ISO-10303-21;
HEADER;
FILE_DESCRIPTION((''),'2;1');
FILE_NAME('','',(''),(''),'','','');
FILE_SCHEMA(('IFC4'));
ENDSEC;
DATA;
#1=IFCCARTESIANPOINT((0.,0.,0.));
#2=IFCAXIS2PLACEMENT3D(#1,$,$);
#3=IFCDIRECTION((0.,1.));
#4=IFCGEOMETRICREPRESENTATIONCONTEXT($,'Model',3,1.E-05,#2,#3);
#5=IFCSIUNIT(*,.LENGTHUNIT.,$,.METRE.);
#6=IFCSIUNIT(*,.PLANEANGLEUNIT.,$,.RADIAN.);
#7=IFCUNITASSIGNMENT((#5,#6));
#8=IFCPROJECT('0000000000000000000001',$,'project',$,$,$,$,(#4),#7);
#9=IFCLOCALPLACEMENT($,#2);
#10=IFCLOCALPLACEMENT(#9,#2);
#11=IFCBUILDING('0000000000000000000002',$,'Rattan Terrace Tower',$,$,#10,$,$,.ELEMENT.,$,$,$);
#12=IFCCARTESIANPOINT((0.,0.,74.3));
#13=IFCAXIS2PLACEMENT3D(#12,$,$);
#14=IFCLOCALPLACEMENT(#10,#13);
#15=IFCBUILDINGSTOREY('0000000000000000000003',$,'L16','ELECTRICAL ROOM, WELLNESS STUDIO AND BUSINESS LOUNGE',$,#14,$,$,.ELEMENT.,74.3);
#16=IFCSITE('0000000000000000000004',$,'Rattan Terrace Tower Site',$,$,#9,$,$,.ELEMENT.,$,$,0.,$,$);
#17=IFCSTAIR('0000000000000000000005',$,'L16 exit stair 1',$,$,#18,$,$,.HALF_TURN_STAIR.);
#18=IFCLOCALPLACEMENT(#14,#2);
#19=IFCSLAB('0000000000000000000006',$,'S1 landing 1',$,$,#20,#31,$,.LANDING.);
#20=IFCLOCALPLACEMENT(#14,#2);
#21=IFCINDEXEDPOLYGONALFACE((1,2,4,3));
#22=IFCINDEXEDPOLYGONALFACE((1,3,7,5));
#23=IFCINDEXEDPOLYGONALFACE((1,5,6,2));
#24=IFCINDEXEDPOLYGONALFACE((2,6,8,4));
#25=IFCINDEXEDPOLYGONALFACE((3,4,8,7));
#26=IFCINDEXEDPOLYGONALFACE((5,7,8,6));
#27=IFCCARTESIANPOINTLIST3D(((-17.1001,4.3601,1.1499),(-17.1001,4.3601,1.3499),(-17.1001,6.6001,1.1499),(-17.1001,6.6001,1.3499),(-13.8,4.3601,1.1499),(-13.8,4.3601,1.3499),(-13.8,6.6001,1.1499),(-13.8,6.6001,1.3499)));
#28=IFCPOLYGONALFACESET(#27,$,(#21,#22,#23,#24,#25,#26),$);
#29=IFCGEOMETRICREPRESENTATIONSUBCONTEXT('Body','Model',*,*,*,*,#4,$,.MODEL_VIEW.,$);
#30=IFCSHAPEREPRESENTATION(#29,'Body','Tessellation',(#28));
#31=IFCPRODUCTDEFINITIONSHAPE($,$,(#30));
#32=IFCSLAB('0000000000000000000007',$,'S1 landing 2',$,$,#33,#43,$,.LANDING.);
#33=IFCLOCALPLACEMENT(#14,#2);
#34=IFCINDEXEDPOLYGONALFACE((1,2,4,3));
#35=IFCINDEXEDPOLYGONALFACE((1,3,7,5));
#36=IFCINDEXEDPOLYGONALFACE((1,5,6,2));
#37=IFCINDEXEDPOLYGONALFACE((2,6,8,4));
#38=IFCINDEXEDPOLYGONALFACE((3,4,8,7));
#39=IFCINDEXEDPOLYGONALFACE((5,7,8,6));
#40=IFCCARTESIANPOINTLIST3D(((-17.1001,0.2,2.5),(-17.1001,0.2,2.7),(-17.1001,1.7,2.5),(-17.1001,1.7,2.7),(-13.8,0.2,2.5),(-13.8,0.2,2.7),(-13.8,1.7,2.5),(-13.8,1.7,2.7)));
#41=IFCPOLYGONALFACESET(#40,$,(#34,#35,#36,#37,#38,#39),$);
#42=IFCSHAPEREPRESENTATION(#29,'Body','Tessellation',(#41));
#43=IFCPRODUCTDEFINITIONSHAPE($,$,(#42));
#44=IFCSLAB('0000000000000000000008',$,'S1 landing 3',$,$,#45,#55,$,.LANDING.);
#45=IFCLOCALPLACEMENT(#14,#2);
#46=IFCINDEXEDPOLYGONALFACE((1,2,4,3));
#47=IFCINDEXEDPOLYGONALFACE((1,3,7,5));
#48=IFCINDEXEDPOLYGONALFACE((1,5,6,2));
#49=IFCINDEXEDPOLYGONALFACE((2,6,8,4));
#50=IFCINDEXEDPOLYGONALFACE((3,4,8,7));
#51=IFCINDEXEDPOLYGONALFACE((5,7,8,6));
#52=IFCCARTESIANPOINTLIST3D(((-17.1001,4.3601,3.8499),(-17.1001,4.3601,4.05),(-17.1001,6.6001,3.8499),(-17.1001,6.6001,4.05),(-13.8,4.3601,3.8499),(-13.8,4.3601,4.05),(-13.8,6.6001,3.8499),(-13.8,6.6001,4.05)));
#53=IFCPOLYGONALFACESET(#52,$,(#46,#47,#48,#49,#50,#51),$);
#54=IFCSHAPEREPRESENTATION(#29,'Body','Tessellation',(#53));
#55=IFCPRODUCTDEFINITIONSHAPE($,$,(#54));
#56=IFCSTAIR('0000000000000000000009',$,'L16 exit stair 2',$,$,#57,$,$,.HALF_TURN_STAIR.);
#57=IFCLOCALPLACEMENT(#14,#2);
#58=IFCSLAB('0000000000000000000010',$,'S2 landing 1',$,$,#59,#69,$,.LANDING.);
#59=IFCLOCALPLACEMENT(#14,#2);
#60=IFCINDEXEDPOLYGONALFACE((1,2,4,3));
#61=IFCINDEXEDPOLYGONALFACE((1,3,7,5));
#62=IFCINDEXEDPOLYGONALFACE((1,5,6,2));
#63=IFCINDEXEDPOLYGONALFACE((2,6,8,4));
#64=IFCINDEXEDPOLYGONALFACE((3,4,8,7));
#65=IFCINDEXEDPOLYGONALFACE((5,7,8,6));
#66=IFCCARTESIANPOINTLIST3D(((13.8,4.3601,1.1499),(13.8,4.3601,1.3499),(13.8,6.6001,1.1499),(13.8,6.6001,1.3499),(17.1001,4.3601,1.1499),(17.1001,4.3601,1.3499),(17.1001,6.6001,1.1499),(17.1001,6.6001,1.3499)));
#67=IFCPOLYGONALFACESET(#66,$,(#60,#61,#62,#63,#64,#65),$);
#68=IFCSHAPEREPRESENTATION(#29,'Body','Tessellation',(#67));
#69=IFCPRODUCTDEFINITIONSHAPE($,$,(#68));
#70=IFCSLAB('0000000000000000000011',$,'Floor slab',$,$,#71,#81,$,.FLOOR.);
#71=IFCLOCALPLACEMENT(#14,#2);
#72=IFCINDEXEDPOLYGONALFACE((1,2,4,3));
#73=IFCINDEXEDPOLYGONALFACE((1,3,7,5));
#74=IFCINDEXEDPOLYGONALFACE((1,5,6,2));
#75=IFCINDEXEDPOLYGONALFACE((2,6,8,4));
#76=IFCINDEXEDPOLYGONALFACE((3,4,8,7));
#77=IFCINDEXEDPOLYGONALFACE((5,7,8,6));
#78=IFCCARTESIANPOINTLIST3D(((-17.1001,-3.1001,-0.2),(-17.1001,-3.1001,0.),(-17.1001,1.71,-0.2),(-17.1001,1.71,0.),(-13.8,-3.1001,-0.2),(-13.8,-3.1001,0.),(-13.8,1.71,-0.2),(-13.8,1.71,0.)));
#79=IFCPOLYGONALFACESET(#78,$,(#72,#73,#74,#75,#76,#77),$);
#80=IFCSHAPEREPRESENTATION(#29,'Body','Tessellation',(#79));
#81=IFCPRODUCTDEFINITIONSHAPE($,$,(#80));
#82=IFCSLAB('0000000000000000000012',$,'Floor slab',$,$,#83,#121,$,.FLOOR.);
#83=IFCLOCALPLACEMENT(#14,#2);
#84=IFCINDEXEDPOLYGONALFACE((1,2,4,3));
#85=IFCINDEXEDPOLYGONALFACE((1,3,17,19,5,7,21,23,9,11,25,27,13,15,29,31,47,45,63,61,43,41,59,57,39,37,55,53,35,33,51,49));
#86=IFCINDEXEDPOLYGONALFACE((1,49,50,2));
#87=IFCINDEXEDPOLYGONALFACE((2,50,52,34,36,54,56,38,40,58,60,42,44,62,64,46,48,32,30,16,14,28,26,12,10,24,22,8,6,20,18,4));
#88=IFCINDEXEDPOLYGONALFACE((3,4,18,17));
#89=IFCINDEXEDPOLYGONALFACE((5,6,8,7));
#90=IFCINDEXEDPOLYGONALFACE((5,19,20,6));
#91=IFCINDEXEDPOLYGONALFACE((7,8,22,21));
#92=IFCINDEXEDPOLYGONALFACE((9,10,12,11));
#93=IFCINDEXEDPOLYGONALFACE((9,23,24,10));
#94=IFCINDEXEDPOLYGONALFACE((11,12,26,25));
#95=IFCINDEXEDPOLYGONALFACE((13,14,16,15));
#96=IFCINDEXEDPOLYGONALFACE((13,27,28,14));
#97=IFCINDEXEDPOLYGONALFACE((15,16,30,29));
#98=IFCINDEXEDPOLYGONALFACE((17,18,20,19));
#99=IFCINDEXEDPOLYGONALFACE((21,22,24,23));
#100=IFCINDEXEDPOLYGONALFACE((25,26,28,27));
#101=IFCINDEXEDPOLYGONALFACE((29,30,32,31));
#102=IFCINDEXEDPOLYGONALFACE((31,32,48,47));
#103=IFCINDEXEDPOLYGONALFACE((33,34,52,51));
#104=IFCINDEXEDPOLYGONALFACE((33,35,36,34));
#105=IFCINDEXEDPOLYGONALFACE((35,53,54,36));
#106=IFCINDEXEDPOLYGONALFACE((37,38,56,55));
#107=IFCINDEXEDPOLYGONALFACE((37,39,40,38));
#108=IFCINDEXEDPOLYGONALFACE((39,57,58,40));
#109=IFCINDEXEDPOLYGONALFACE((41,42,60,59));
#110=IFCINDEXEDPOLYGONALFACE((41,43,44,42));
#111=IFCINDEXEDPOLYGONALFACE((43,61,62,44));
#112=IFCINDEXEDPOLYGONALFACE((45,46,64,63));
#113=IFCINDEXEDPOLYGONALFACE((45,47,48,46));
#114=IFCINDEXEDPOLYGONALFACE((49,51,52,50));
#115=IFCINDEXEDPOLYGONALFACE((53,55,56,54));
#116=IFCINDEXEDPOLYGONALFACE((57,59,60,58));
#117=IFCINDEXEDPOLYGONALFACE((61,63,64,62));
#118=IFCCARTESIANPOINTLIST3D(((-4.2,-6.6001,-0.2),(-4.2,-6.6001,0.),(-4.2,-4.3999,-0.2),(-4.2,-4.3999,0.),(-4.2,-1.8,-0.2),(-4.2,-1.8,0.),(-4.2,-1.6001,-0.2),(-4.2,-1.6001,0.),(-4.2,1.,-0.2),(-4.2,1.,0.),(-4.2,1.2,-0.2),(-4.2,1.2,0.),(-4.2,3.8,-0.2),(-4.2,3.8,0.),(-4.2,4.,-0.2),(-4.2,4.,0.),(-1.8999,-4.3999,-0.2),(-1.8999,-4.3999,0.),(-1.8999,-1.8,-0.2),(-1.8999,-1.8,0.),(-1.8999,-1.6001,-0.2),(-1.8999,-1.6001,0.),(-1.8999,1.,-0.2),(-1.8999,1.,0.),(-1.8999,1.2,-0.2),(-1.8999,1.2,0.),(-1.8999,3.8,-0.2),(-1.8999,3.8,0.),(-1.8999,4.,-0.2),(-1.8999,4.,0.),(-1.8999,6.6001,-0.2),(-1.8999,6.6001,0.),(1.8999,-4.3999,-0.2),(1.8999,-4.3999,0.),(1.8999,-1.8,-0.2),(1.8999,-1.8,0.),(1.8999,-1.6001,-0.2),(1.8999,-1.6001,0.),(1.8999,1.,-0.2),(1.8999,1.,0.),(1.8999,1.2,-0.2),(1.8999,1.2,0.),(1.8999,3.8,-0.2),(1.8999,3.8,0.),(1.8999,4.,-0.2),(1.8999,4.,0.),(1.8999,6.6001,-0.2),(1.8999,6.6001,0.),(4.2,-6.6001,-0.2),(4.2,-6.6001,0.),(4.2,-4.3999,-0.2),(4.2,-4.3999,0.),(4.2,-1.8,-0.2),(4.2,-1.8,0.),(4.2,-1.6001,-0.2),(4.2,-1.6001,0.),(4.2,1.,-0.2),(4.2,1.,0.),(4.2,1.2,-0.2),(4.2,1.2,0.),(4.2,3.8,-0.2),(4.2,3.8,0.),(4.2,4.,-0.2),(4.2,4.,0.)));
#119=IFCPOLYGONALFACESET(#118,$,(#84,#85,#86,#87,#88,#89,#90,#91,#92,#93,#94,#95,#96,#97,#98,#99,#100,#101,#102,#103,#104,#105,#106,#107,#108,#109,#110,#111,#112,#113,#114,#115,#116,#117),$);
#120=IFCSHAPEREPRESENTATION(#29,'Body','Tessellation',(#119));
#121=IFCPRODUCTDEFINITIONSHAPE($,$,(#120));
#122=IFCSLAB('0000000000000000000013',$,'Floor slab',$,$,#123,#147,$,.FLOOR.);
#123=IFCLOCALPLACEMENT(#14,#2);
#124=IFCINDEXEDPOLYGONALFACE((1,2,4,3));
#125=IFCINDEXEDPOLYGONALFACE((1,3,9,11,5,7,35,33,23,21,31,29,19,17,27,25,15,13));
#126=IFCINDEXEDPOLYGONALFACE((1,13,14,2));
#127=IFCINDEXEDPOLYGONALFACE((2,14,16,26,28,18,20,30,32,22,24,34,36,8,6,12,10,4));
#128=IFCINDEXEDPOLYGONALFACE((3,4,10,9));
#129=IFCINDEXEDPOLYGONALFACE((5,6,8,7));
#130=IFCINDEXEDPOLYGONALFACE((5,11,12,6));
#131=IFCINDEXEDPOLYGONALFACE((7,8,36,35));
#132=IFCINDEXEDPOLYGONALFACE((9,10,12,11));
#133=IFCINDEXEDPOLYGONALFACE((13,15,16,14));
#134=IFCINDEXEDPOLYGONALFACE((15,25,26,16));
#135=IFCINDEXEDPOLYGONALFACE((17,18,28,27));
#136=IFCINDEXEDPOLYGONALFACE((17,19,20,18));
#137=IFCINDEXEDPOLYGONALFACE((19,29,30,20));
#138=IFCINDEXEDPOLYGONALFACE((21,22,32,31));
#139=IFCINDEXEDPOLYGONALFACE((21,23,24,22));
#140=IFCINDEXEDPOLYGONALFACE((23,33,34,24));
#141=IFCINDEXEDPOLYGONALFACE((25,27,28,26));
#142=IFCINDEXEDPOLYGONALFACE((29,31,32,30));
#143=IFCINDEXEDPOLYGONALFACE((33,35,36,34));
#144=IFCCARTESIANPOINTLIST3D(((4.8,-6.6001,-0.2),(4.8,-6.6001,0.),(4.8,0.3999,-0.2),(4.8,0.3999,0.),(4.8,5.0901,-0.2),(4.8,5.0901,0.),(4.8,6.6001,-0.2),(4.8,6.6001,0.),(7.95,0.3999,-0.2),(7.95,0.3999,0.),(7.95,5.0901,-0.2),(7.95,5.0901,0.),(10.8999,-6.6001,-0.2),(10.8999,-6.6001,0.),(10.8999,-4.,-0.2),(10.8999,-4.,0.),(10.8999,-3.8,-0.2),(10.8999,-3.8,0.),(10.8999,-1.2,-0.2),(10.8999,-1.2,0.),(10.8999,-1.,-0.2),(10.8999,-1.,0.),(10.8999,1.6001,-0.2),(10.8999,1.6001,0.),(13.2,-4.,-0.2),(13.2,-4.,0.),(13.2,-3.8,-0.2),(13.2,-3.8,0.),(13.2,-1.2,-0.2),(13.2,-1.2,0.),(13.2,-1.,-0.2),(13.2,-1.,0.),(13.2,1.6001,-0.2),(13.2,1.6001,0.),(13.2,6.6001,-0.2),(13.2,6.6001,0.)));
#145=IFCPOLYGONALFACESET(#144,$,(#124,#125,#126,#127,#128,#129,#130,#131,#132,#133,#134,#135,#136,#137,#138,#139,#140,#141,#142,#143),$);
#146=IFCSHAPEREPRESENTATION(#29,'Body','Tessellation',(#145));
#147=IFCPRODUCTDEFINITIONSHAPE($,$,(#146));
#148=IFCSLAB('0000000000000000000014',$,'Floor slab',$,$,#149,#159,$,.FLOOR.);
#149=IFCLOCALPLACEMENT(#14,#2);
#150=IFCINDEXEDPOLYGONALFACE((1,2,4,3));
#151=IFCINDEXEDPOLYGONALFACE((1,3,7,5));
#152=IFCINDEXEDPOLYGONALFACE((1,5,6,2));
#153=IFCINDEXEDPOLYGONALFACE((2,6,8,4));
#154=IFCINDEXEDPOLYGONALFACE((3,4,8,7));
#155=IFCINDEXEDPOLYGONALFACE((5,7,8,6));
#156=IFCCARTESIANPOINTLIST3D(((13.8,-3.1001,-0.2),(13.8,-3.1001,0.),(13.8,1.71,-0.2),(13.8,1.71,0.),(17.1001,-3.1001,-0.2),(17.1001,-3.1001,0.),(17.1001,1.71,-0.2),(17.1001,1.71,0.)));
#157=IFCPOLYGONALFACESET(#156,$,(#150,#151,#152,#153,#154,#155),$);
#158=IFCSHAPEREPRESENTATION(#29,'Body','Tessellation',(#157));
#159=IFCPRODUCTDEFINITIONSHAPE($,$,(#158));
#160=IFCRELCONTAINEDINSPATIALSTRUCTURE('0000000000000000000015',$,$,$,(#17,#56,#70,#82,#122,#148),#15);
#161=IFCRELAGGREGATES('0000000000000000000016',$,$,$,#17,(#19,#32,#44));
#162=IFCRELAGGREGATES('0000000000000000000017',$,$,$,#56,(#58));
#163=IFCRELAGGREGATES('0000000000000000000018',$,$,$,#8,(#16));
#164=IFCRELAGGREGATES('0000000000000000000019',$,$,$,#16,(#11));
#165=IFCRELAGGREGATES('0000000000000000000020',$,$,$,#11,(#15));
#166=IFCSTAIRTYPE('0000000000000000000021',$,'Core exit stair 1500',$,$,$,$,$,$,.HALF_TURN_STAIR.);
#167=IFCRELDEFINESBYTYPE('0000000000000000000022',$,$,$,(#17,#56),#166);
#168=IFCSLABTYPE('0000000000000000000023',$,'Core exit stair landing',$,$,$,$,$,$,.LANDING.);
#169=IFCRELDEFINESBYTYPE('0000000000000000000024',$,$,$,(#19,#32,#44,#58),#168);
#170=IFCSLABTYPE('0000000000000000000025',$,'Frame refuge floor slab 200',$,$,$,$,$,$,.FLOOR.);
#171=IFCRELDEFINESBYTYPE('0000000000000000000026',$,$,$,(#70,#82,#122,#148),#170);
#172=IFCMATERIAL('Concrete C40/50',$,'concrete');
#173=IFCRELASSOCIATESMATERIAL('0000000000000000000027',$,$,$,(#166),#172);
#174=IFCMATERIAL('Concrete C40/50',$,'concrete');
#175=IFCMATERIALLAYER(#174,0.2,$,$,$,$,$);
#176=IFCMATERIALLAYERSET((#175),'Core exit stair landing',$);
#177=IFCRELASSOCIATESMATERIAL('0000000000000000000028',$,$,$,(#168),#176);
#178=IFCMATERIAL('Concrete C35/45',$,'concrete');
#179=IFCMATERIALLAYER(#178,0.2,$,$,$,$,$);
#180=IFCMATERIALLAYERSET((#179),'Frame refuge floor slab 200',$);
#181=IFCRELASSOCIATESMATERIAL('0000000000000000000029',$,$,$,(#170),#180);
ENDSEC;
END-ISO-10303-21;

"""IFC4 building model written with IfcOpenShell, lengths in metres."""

from ifc_helpers import new_model, si_unit, direction, frame, origin, place, context, subcontext, project, spatial, polyline, outline, extrude, material, layer, layer_set, type_object, element, aggregate, save


model = new_model("IFC4")

# Units and contexts
model_context = context("Model", 3, precision=1e-05, world=origin(), true_north=direction((0.0, 1.0)))
body_context = subcontext(model_context, "Body", "Model", "MODEL_VIEW")
ifc_project = project(units=[si_unit("LENGTHUNIT", "METRE"), si_unit("PLANEANGLEUNIT", "RADIAN")], contexts=[model_context])

# Site, building, storey
site_placement = place(None, origin())
site = spatial("IfcSite", under=ifc_project, at=site_placement, Name="Rattan Terrace Tower Site", CompositionType="ELEMENT", RefElevation=0.0)
building_placement = place(site_placement, origin())
building = spatial("IfcBuilding", under=site, at=building_placement, Name="Rattan Terrace Tower", CompositionType="ELEMENT")
storey_placement = place(building_placement, frame((0.0, 0.0, 74.3)))
storey = spatial("IfcBuildingStorey", under=building, at=storey_placement, Name="L16", Description="ELECTRICAL ROOM, WELLNESS STUDIO AND BUSINESS LOUNGE", CompositionType="ELEMENT", Elevation=74.3)

# Stair, slabs
ifc_material_1 = material(Name="Concrete C40/50", Category="concrete")
stair_type = type_object("IfcStairType", Name="Core exit stair 1500", PredefinedType="HALF_TURN_STAIR", material=ifc_material_1)
stair_1_placement = place(storey_placement, origin())
stair_1 = element("IfcStair", 1, at=stair_1_placement, inside=storey, type_object=stair_type, Name="L16 exit stair 1", PredefinedType="HALF_TURN_STAIR")
ifc_material_2 = material(Name="Concrete C40/50", Category="concrete")
ifc_layer_1 = layer(ifc_material_2, 0.2)
ifc_layer_set_1 = layer_set([ifc_layer_1], Name="Core exit stair landing")
slab_type_1 = type_object("IfcSlabType", Name="Core exit stair landing", PredefinedType="LANDING", material=ifc_layer_set_1)
slab_1_placement = place(storey_placement, frame((0.0, 0.0, 1.1499)))
slab_1 = element("IfcSlab", 2, at=slab_1_placement, type_object=slab_type_1, Name="S1 landing 1", PredefinedType="LANDING", context=body_context, shape_type="SweptSolid", body=[
    extrude(outline(polyline([(-13.8, 4.3601), (-13.8, 6.6001), (-17.1001, 6.6001), (-17.1001, 4.3601), (-13.8, 4.3601)])), origin(), (0.0, 0.0, 1.0), 0.2),
])
slab_2_placement = place(storey_placement, frame((0.0, 0.0, 2.5)))
slab_2 = element("IfcSlab", 3, at=slab_2_placement, type_object=slab_type_1, Name="S1 landing 2", PredefinedType="LANDING", context=body_context, shape_type="SweptSolid", body=[
    extrude(outline(polyline([(-13.8, 0.2), (-13.8, 1.7), (-17.1001, 1.7), (-17.1001, 0.2), (-13.8, 0.2)])), origin(), (0.0, 0.0, 1.0), 0.2),
])
slab_3_placement = place(storey_placement, frame((0.0, 0.0, 3.8499)))
slab_3 = element("IfcSlab", 4, at=slab_3_placement, type_object=slab_type_1, Name="S1 landing 3", PredefinedType="LANDING", context=body_context, shape_type="SweptSolid", body=[
    extrude(outline(polyline([(-13.8, 4.3601), (-13.8, 6.6001), (-17.1001, 6.6001), (-17.1001, 4.3601), (-13.8, 4.3601)])), origin(), (0.0, 0.0, 1.0), 0.2002),
])
aggregate(stair_1, [slab_1, slab_2, slab_3])

# Stair, slab
stair_2_placement = place(storey_placement, origin())
stair_2 = element("IfcStair", 5, at=stair_2_placement, inside=storey, type_object=stair_type, Name="L16 exit stair 2", PredefinedType="HALF_TURN_STAIR")
slab_4_placement = place(storey_placement, frame((0.0, 0.0, 1.1499)))
slab_4 = element("IfcSlab", 6, at=slab_4_placement, type_object=slab_type_1, Name="S2 landing 1", PredefinedType="LANDING", context=body_context, shape_type="SweptSolid", body=[
    extrude(outline(polyline([(17.1001, 4.3601), (17.1001, 6.6001), (13.8, 6.6001), (13.8, 4.3601), (17.1001, 4.3601)])), origin(), (0.0, 0.0, 1.0), 0.2),
])
aggregate(stair_2, [slab_4])

# Slabs
ifc_material_3 = material(Name="Concrete C35/45", Category="concrete")
ifc_layer_2 = layer(ifc_material_3, 0.2)
ifc_layer_set_2 = layer_set([ifc_layer_2], Name="Frame refuge floor slab 200")
slab_type_2 = type_object("IfcSlabType", Name="Frame refuge floor slab 200", PredefinedType="FLOOR", material=ifc_layer_set_2)
slab_5_placement = place(storey_placement, frame((0.0, 0.0, -0.2)))
element("IfcSlab", 7, at=slab_5_placement, inside=storey, type_object=slab_type_2, Name="Floor slab", PredefinedType="FLOOR", context=body_context, shape_type="SweptSolid", body=[
    extrude(outline(polyline([(-17.1001, -3.1001), (-13.8, -3.1001), (-13.8, 1.71), (-17.1001, 1.71), (-17.1001, -3.1001)])), origin(), (0.0, 0.0, 1.0), 0.2),
])
slab_6_placement = place(storey_placement, frame((0.0, 0.0, -0.2)))
element("IfcSlab", 8, at=slab_6_placement, inside=storey, type_object=slab_type_2, Name="Floor slab", PredefinedType="FLOOR", context=body_context, shape_type="SweptSolid", body=[
    extrude(outline(polyline([(-4.2, 4.0), (-4.2, 3.8), (-1.8999, 3.8), (-1.8999, 1.2), (-4.2, 1.2), (-4.2, 1.0), (-1.8999, 1.0), (-1.8999, -1.6001), (-4.2, -1.6001), (-4.2, -1.8), (-1.8999, -1.8), (-1.8999, -4.3999), (-4.2, -4.3999), (-4.2, -6.6001), (4.2, -6.6001), (4.2, -4.3999), (1.8999, -4.3999), (1.8999, -1.8), (4.2, -1.8), (4.2, -1.6001), (1.8999, -1.6001), (1.8999, 1.0), (4.2, 1.0), (4.2, 1.2), (1.8999, 1.2), (1.8999, 3.8), (4.2, 3.8), (4.2, 4.0), (1.8999, 4.0), (1.8999, 6.6001), (-1.8999, 6.6001), (-1.8999, 4.0), (-4.2, 4.0)])), origin(), (0.0, 0.0, 1.0), 0.2),
])
slab_7_placement = place(storey_placement, frame((0.0, 0.0, -0.2)))
element("IfcSlab", 9, at=slab_7_placement, inside=storey, type_object=slab_type_2, Name="Floor slab", PredefinedType="FLOOR", context=body_context, shape_type="SweptSolid", body=[
    extrude(outline(polyline([(4.8, 5.0901), (7.95, 5.0901), (7.95, 0.3999), (4.8, 0.3999), (4.8, -6.6001), (10.8999, -6.6001), (10.8999, -4.0), (13.2, -4.0), (13.2, -3.8), (10.8999, -3.8), (10.8999, -1.2), (13.2, -1.2), (13.2, -1.0), (10.8999, -1.0), (10.8999, 1.6001), (13.2, 1.6001), (13.2, 6.6001), (4.8, 6.6001), (4.8, 5.0901)])), origin(), (0.0, 0.0, 1.0), 0.2),
])
slab_8_placement = place(storey_placement, frame((0.0, 0.0, -0.2)))
element("IfcSlab", 10, at=slab_8_placement, inside=storey, type_object=slab_type_2, Name="Floor slab", PredefinedType="FLOOR", context=body_context, shape_type="SweptSolid", body=[
    extrude(outline(polyline([(13.8, -3.1001), (17.1001, -3.1001), (17.1001, 1.71), (13.8, 1.71), (13.8, -3.1001)])), origin(), (0.0, 0.0, 1.0), 0.2),
])

save(model, "model.ifc")
